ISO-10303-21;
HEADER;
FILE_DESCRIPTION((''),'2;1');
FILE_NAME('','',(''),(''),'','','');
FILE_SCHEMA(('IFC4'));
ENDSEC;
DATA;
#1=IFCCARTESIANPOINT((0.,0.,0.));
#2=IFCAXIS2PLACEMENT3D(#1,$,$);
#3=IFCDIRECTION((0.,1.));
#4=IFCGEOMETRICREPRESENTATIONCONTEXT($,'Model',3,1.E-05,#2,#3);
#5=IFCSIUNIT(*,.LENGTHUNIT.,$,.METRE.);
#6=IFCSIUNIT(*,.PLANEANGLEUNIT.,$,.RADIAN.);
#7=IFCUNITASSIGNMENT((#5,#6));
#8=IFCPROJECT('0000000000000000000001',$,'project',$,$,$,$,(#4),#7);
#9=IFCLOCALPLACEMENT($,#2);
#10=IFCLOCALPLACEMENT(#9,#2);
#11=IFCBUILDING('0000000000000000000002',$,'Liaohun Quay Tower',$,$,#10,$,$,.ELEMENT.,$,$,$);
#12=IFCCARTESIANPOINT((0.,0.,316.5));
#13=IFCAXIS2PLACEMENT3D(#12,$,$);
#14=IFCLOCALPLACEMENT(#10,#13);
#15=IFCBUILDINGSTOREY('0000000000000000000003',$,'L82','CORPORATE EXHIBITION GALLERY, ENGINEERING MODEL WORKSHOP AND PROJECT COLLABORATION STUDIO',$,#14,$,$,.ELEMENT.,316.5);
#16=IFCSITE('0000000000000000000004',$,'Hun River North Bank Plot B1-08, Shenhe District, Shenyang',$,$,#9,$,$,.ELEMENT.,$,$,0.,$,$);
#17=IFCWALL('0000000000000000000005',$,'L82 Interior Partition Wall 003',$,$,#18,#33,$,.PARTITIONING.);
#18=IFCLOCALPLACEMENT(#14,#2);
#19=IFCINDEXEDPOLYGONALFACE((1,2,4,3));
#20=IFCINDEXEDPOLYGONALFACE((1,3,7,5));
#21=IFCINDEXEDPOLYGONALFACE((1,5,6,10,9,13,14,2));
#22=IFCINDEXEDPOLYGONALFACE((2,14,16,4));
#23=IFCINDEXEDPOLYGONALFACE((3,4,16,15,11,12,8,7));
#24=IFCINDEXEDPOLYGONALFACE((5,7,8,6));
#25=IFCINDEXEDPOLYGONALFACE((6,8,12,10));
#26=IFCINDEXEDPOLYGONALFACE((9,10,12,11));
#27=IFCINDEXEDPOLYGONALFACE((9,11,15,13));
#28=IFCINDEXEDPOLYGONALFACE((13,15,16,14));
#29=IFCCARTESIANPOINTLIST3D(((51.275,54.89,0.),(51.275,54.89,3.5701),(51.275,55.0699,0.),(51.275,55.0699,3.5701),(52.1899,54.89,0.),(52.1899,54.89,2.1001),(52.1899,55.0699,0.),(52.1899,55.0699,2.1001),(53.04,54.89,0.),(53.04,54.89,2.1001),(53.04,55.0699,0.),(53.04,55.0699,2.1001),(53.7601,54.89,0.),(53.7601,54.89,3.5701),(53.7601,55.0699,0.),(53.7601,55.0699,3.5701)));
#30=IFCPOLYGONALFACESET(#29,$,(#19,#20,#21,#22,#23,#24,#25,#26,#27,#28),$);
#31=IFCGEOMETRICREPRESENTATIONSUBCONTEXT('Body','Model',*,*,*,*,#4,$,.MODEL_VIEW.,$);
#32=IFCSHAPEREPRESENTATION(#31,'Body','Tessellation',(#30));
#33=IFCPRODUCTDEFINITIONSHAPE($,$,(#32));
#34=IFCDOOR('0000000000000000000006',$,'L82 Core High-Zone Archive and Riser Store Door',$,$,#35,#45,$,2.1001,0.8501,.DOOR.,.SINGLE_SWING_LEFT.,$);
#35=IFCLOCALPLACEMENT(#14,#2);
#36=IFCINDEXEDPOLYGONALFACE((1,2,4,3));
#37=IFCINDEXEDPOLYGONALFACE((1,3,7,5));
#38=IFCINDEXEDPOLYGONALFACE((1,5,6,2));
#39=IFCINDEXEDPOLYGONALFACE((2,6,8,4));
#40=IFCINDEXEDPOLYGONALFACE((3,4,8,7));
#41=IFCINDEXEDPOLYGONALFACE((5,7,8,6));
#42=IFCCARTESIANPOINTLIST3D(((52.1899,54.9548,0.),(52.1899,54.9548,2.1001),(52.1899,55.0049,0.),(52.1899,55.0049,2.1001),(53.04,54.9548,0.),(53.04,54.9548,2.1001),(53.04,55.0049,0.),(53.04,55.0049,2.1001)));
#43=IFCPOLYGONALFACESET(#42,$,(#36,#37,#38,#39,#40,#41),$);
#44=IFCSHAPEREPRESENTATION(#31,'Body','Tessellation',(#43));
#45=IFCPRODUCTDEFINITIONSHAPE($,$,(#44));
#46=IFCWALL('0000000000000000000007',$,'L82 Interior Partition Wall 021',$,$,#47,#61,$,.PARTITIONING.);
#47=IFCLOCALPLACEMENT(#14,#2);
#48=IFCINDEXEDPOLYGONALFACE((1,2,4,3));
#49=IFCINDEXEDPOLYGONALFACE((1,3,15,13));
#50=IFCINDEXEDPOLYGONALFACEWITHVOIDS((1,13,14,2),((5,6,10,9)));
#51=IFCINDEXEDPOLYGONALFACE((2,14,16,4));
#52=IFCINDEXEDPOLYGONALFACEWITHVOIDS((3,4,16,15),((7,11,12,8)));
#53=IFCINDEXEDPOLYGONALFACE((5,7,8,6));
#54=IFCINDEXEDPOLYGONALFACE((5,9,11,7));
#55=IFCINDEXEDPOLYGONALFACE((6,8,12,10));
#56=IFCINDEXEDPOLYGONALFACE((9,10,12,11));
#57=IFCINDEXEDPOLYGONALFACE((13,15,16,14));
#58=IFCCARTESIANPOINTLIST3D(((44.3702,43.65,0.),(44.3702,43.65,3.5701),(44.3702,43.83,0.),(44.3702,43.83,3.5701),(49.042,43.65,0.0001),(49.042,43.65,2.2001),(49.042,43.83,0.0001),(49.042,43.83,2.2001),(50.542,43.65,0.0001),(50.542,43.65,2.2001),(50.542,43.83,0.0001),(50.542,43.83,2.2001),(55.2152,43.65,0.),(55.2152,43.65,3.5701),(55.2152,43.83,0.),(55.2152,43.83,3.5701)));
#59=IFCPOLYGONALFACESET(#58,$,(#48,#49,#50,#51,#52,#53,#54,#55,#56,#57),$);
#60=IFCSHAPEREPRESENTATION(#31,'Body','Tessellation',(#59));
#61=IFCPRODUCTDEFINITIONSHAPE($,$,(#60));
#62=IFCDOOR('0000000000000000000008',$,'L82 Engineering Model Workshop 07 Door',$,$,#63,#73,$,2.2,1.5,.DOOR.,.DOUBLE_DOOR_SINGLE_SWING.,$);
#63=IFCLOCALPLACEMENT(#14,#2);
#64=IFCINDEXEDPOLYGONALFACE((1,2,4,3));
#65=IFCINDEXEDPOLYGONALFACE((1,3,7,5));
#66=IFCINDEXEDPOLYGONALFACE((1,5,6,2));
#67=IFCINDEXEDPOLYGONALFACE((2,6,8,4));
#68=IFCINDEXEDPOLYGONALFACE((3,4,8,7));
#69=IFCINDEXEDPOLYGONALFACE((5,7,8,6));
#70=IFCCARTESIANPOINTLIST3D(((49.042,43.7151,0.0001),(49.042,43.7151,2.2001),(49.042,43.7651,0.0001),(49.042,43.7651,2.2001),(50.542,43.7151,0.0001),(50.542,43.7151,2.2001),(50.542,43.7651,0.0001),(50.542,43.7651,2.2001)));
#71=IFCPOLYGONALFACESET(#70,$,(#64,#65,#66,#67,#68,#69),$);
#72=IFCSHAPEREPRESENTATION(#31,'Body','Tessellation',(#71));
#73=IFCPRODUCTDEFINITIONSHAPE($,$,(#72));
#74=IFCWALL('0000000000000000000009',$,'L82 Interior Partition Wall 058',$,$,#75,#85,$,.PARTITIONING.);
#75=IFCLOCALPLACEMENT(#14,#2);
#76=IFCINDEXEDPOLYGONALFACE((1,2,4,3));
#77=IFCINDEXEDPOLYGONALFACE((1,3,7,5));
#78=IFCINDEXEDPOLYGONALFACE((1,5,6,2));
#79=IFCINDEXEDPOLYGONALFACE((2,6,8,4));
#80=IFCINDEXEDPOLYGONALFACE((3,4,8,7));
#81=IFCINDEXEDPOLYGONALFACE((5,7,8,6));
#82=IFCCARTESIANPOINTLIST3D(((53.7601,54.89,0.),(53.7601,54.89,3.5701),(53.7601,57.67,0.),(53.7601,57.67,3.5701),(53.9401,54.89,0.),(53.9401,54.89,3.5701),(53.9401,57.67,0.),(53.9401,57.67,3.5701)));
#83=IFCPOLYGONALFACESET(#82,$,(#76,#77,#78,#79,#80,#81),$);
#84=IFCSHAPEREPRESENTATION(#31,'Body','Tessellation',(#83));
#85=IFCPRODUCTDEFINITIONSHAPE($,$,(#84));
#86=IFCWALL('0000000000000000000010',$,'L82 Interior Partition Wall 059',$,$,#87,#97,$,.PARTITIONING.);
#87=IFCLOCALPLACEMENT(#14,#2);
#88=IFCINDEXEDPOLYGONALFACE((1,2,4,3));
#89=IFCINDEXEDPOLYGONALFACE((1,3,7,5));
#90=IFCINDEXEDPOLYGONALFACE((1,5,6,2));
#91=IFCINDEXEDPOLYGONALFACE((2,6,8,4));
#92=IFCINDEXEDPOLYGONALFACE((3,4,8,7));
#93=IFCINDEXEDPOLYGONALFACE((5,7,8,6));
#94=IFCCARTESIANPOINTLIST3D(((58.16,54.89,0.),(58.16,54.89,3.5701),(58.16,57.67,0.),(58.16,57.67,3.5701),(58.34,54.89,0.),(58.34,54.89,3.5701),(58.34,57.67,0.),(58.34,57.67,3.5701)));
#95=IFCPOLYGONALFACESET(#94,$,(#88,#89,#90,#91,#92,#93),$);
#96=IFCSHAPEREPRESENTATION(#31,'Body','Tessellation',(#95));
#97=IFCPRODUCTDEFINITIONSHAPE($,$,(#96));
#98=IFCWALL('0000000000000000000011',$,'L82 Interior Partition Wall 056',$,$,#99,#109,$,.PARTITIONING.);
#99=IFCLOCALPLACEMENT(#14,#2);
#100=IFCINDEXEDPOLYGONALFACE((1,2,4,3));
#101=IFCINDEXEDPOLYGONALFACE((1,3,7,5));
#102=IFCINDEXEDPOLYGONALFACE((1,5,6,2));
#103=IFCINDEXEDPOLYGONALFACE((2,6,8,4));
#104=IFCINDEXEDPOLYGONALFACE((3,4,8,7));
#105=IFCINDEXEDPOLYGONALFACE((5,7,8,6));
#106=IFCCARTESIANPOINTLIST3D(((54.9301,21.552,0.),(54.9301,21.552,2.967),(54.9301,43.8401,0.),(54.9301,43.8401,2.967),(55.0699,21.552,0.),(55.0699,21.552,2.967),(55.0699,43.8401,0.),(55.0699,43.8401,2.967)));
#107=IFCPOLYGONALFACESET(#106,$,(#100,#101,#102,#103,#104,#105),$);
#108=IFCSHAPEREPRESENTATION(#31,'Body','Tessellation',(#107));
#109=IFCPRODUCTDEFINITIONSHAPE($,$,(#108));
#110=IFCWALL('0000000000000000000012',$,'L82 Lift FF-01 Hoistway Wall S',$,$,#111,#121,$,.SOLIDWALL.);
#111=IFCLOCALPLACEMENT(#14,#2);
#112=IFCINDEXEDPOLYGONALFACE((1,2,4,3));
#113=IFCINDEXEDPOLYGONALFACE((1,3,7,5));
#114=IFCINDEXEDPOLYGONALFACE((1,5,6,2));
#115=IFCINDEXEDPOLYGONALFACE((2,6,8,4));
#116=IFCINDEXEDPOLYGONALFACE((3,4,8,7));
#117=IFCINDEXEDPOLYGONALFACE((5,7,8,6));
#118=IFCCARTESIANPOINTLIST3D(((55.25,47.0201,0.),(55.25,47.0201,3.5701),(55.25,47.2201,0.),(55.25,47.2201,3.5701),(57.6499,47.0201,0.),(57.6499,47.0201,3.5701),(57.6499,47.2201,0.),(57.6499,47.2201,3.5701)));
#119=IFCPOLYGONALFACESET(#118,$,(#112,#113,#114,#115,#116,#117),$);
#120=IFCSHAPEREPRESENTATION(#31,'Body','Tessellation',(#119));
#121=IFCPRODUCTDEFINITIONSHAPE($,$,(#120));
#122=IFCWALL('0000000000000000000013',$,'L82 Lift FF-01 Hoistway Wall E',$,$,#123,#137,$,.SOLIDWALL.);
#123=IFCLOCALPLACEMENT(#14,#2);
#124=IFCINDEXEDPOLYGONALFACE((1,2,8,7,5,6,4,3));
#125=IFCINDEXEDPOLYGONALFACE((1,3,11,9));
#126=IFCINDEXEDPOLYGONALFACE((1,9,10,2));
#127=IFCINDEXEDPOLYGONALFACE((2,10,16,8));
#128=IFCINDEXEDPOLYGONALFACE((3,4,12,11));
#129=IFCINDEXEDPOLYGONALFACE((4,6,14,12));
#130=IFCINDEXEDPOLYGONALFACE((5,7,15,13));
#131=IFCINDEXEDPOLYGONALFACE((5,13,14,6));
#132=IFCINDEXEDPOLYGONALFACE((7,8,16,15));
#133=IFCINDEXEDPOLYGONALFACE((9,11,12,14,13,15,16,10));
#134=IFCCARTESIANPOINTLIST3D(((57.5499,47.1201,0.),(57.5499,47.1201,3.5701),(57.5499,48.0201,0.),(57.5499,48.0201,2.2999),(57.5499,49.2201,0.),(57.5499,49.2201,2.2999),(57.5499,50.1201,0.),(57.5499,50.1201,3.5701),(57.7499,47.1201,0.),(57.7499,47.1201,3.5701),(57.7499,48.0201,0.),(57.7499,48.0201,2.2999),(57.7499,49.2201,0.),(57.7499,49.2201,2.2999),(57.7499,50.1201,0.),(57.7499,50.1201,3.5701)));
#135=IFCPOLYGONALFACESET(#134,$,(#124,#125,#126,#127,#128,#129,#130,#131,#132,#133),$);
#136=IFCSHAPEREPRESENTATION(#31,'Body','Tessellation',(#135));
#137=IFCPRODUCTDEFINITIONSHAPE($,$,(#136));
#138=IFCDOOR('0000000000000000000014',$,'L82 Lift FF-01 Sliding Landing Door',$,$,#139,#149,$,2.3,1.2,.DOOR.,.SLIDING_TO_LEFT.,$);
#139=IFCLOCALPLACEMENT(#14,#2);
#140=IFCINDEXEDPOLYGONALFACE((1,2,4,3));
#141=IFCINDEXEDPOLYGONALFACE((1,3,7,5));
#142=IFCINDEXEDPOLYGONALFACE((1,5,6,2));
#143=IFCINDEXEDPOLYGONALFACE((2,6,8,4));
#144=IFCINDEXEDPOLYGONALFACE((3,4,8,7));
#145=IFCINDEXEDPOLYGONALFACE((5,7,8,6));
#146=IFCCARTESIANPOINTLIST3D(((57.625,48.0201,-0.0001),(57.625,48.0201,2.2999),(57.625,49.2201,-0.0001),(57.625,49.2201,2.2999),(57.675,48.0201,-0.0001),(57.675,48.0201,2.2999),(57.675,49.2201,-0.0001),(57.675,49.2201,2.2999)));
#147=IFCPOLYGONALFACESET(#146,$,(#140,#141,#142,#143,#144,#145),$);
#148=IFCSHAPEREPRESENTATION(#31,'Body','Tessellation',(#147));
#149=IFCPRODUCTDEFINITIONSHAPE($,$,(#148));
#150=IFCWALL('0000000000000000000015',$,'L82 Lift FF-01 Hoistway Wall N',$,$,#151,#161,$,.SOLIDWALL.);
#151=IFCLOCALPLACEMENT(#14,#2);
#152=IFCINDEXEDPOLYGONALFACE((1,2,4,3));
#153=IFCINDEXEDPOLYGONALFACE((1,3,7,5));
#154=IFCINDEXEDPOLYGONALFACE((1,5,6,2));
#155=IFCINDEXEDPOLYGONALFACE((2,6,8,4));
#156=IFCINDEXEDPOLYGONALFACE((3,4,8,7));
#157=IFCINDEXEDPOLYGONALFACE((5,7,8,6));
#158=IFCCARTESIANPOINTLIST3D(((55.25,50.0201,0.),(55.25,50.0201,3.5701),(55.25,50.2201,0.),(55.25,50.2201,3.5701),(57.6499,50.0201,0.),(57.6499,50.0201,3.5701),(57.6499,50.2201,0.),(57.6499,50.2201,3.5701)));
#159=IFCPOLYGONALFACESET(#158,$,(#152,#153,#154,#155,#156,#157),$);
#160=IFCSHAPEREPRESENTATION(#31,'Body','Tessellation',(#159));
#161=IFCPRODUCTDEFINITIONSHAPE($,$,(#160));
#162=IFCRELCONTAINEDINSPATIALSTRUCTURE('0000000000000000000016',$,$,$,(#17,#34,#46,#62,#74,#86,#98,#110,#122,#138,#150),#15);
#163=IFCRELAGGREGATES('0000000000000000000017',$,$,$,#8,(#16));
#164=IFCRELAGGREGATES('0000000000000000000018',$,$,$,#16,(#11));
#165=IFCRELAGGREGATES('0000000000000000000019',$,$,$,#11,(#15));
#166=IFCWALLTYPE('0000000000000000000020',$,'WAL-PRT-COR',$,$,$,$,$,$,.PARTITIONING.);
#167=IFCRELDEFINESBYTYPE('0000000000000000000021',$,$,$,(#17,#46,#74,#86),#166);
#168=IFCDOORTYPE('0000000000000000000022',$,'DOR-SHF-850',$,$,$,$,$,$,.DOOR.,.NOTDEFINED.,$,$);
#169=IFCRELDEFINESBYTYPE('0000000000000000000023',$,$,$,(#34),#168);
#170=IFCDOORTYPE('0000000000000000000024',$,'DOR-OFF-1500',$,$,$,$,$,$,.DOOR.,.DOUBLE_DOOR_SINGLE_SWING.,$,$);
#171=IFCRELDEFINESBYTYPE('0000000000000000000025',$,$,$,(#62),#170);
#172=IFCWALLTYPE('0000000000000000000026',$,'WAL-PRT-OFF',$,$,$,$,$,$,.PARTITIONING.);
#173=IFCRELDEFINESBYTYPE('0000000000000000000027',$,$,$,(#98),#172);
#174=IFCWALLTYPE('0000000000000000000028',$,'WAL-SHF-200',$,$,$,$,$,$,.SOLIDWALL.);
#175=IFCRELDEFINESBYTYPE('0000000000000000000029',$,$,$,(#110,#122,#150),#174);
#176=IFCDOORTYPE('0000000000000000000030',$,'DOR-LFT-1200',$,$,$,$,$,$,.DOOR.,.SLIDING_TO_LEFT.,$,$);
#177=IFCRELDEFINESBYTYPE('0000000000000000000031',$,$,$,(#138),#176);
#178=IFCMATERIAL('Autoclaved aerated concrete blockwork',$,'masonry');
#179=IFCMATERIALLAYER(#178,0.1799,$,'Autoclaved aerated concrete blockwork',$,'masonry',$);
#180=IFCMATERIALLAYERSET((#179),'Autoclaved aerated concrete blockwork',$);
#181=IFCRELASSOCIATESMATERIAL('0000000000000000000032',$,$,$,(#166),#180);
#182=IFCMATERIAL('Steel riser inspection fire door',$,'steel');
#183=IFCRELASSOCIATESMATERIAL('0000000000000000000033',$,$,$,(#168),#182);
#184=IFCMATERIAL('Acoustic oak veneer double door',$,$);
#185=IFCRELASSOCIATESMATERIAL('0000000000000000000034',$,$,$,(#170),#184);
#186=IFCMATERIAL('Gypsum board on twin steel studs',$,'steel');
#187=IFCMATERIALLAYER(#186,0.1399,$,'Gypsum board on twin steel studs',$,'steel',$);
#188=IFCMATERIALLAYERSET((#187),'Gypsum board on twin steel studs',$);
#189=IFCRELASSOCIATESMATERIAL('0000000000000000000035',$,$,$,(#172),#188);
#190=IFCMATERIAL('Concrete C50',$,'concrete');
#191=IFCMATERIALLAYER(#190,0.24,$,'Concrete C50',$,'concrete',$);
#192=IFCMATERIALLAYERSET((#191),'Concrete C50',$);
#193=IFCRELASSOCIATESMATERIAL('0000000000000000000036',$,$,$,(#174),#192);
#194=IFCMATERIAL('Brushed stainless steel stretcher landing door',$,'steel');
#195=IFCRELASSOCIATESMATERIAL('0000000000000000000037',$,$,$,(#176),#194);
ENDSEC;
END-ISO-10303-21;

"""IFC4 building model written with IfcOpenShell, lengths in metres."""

from ifc_helpers import new_model, si_unit, direction, frame, frame_2d, origin, place, context, subcontext, project, spatial, rectangle, extrude, source, transform, mapped, material, layer, layer_set, type_object, element, fill, save


model = new_model("IFC4")

# Units and contexts
model_context = context("Model", 3, precision=1e-05, world=origin(), true_north=direction((0.0, 1.0)))
body_context = subcontext(model_context, "Body", "Model", "MODEL_VIEW")
ifc_project = project(units=[si_unit("LENGTHUNIT", "METRE"), si_unit("PLANEANGLEUNIT", "RADIAN")], contexts=[model_context])

# Site, building, storey
site_placement = place(None, origin())
site = spatial("IfcSite", under=ifc_project, at=site_placement, Name="Hun River North Bank Plot B1-08, Shenhe District, Shenyang", CompositionType="ELEMENT", RefElevation=0.0)
building_placement = place(site_placement, origin())
building = spatial("IfcBuilding", under=site, at=building_placement, Name="Liaohun Quay Tower", CompositionType="ELEMENT")
storey_placement = place(building_placement, frame((0.0, 0.0, 316.5)))
storey = spatial("IfcBuildingStorey", under=building, at=storey_placement, Name="L82", Description="CORPORATE EXHIBITION GALLERY, ENGINEERING MODEL WORKSHOP AND PROJECT COLLABORATION STUDIO", CompositionType="ELEMENT", Elevation=316.5)

# Shared definitions
ifc_material_1 = material(Name="Concrete C50", Category="concrete")

# Walls, openings, doors
ifc_material_2 = material(Name="Autoclaved aerated concrete blockwork", Category="masonry")
ifc_layer_1 = layer(ifc_material_2, 0.1799, Name="Autoclaved aerated concrete blockwork", Category="masonry")
ifc_layer_set_1 = layer_set([ifc_layer_1], Name="Autoclaved aerated concrete blockwork")
wall_type_1 = type_object("IfcWallType", Name="WAL-PRT-COR", PredefinedType="PARTITIONING", material=ifc_layer_set_1)
wall_1_placement = place(storey_placement, frame((51.2749, 54.98, 0.0), z_axis=(0.0, 0.0, 1.0), x_axis=(1.0, 0.0, 0.0)))
wall_1 = element("IfcWall", 1, at=wall_1_placement, inside=storey, type_object=wall_type_1, Name="L82 Interior Partition Wall 003", PredefinedType="PARTITIONING", context=body_context, shape_type="SweptSolid", body=[
    extrude(rectangle(XDim=2.4851, YDim=0.1799, at=frame_2d((1.2427, 0.0))), origin(), (0.0, 0.0, 1.0), 3.5701),
])
shared_shape_1 = source(origin(), body_context, "Body", "SweptSolid", [
    extrude(rectangle(XDim=0.8501, YDim=2.1001, at=frame_2d((0.425, 1.05))), frame((0.0, 0.0999, 0.0), z_axis=(0.0, -1.0, 0.0), x_axis=(1.0, 0.0, 0.0)), (0.0, 0.0, 1.0), 0.2),
])
opening_1_placement = place(wall_1_placement, frame((0.915, 0.0, 0.0)))
opening_1 = element("IfcOpeningElement", 2, at=opening_1_placement, cuts=wall_1, PredefinedType="OPENING", context=body_context, shape_type="MappedRepresentation", body=[
    mapped(shared_shape_1, transform((0.0, 0.0, 0.0), x_axis=(1.0, 0.0, 0.0), y_axis=(0.0, 1.0, 0.0), z_axis=(0.0, 0.0, 1.0), scale=1.0)),
])
ifc_material_3 = material(Name="Steel riser inspection fire door", Category="steel")
door_type_1 = type_object("IfcDoorType", Name="DOR-SHF-850", OperationType="NOTDEFINED", PredefinedType="DOOR", material=ifc_material_3)
shared_shape_2 = source(origin(), body_context, "Body", "SweptSolid", [
    extrude(rectangle(XDim=0.8501, YDim=2.1001, at=frame_2d((0.425, 1.05))), frame((0.0, 0.0249, 0.0), z_axis=(0.0, -1.0, 0.0), x_axis=(1.0, 0.0, 0.0)), (0.0, 0.0, 1.0), 0.05),
])
door_1_placement = place(opening_1_placement, origin())
door_1 = element("IfcDoor", 3, at=door_1_placement, inside=storey, type_object=door_type_1, Name="L82 Core High-Zone Archive and Riser Store Door", OperationType="SINGLE_SWING_LEFT", OverallHeight=2.1001, OverallWidth=0.8501, PredefinedType="DOOR", context=body_context, shape_type="MappedRepresentation", body=[
    mapped(shared_shape_2, transform((0.0, 0.0, 0.0), x_axis=(1.0, 0.0, 0.0), y_axis=(0.0, 1.0, 0.0), z_axis=(0.0, 0.0, 1.0), scale=1.0)),
])
fill(opening_1, door_1)
wall_2_placement = place(storey_placement, frame((55.2151, 43.74, 0.0), z_axis=(0.0, 0.0, 1.0), x_axis=(-1.0, 0.0, 0.0)))
wall_2 = element("IfcWall", 4, at=wall_2_placement, inside=storey, type_object=wall_type_1, Name="L82 Interior Partition Wall 021", PredefinedType="PARTITIONING", context=body_context, shape_type="SweptSolid", body=[
    extrude(rectangle(XDim=10.845, YDim=0.1799, at=frame_2d((5.4224, 0.0))), origin(), (0.0, 0.0, 1.0), 3.5701),
])
shared_shape_3 = source(origin(), body_context, "Body", "SweptSolid", [
    extrude(rectangle(XDim=1.5, YDim=2.2, at=frame_2d((0.75, 1.1001))), frame((0.0, 0.0999, 0.0), z_axis=(0.0, -1.0, 0.0), x_axis=(1.0, 0.0, 0.0)), (0.0, 0.0, 1.0), 0.2),
])
opening_2_placement = place(wall_2_placement, frame((4.6731, 0.0, 0.0)))
opening_2 = element("IfcOpeningElement", 5, at=opening_2_placement, cuts=wall_2, PredefinedType="OPENING", context=body_context, shape_type="MappedRepresentation", body=[
    mapped(shared_shape_3, transform((0.0, 0.0, 0.0), x_axis=(1.0, 0.0, 0.0), y_axis=(0.0, 1.0, 0.0), z_axis=(0.0, 0.0, 1.0), scale=1.0)),
])
ifc_material_4 = material(Name="Acoustic oak veneer double door")
door_type_2 = type_object("IfcDoorType", Name="DOR-OFF-1500", OperationType="DOUBLE_DOOR_SINGLE_SWING", PredefinedType="DOOR", material=ifc_material_4)
shared_shape_4 = source(origin(), body_context, "Body", "SweptSolid", [
    extrude(rectangle(XDim=1.5, YDim=2.2, at=frame_2d((0.75, 1.1001))), frame((0.0, 0.0249, 0.0), z_axis=(0.0, -1.0, 0.0), x_axis=(1.0, 0.0, 0.0)), (0.0, 0.0, 1.0), 0.05),
])
door_2_placement = place(opening_2_placement, origin())
door_2 = element("IfcDoor", 6, at=door_2_placement, inside=storey, type_object=door_type_2, Name="L82 Engineering Model Workshop 07 Door", OperationType="DOUBLE_DOOR_SINGLE_SWING", OverallHeight=2.2, OverallWidth=1.5, PredefinedType="DOOR", context=body_context, shape_type="MappedRepresentation", body=[
    mapped(shared_shape_4, transform((0.0, 0.0, 0.0), x_axis=(1.0, 0.0, 0.0), y_axis=(0.0, 1.0, 0.0), z_axis=(0.0, 0.0, 1.0), scale=1.0)),
])
fill(opening_2, door_2)

# Walls
for number, where, z_axis, x_axis, name in (
    (7, (53.8501, 54.8899, 0.0), (0.0, 0.0, 1.0), (0.0, 1.0, 0.0), "L82 Interior Partition Wall 058"),
    (8, (58.25, 54.8899, 0.0), (0.0, 0.0, 1.0), (0.0, 1.0, 0.0), "L82 Interior Partition Wall 059"),
):
    element("IfcWall", number, at=place(storey_placement, frame(where, z_axis=z_axis, x_axis=x_axis)), inside=storey, type_object=wall_type_1, Name=name, PredefinedType="PARTITIONING", context=body_context, shape_type="SweptSolid", body=[
        extrude(rectangle(XDim=2.78, YDim=0.1799, at=frame_2d((1.3901, 0.0))), origin(), (0.0, 0.0, 1.0), 3.5701),
    ])
ifc_material_5 = material(Name="Gypsum board on twin steel studs", Category="steel")
ifc_layer_2 = layer(ifc_material_5, 0.1399, Name="Gypsum board on twin steel studs", Category="steel")
ifc_layer_set_2 = layer_set([ifc_layer_2], Name="Gypsum board on twin steel studs")
wall_type_2 = type_object("IfcWallType", Name="WAL-PRT-OFF", PredefinedType="PARTITIONING", material=ifc_layer_set_2)
wall_3_placement = place(storey_placement, frame((55.0, 43.8401, 0.0), z_axis=(0.0, 0.0, 1.0), x_axis=(0.0, -1.0, 0.0)))
element("IfcWall", 9, at=wall_3_placement, inside=storey, type_object=wall_type_2, Name="L82 Interior Partition Wall 056", PredefinedType="PARTITIONING", context=body_context, shape_type="SweptSolid", body=[
    extrude(rectangle(XDim=22.2881, YDim=0.1399, at=frame_2d((11.144, 0.0))), origin(), (0.0, 0.0, 1.0), 2.967),
])
ifc_layer_3 = layer(ifc_material_1, 0.24, Name="Concrete C50", Category="concrete")
ifc_layer_set_3 = layer_set([ifc_layer_3], Name="Concrete C50")
wall_type_3 = type_object("IfcWallType", Name="WAL-SHF-200", PredefinedType="SOLIDWALL", material=ifc_layer_set_3)
wall_4_placement = place(storey_placement, frame((55.25, 47.1201, 0.0), z_axis=(0.0, 0.0, 1.0), x_axis=(1.0, 0.0, 0.0)))
element("IfcWall", 10, at=wall_4_placement, inside=storey, type_object=wall_type_3, Name="L82 Lift FF-01 Hoistway Wall S", PredefinedType="SOLIDWALL", context=body_context, shape_type="SweptSolid", body=[
    extrude(rectangle(XDim=2.3999, YDim=0.2, at=frame_2d((1.2, 0.0))), origin(), (0.0, 0.0, 1.0), 3.5701),
])

# Wall, opening, door
wall_5_placement = place(storey_placement, frame((57.6499, 47.1201, 0.0), z_axis=(0.0, 0.0, 1.0), x_axis=(0.0, 1.0, 0.0)))
wall_5 = element("IfcWall", 11, at=wall_5_placement, inside=storey, type_object=wall_type_3, Name="L82 Lift FF-01 Hoistway Wall E", PredefinedType="SOLIDWALL", context=body_context, shape_type="SweptSolid", body=[
    extrude(rectangle(XDim=3.0, YDim=0.2, at=frame_2d((1.5, 0.0))), origin(), (0.0, 0.0, 1.0), 3.5701),
])
shared_shape_5 = source(origin(), body_context, "Body", "SweptSolid", [
    extrude(rectangle(XDim=1.2, YDim=2.3, at=frame_2d((0.6001, 1.1499))), frame((0.0, 0.1099, 0.0), z_axis=(0.0, -1.0, 0.0), x_axis=(1.0, 0.0, 0.0)), (0.0, 0.0, 1.0), 0.22),
])
opening_3_placement = place(wall_5_placement, frame((0.8999, 0.0, 0.0)))
opening_3 = element("IfcOpeningElement", 12, at=opening_3_placement, cuts=wall_5, PredefinedType="OPENING", context=body_context, shape_type="MappedRepresentation", body=[
    mapped(shared_shape_5, transform((0.0, 0.0, 0.0), x_axis=(1.0, 0.0, 0.0), y_axis=(0.0, 1.0, 0.0), z_axis=(0.0, 0.0, 1.0), scale=1.0)),
])
ifc_material_6 = material(Name="Brushed stainless steel stretcher landing door", Category="steel")
door_type_3 = type_object("IfcDoorType", Name="DOR-LFT-1200", OperationType="SLIDING_TO_LEFT", PredefinedType="DOOR", material=ifc_material_6)
shared_shape_6 = source(origin(), body_context, "Body", "SweptSolid", [
    extrude(rectangle(XDim=1.2, YDim=2.3, at=frame_2d((0.6001, 1.1499))), frame((0.0, 0.0249, 0.0), z_axis=(0.0, -1.0, 0.0), x_axis=(1.0, 0.0, 0.0)), (0.0, 0.0, 1.0), 0.05),
])
door_3_placement = place(opening_3_placement, origin())
door_3 = element("IfcDoor", 13, at=door_3_placement, inside=storey, type_object=door_type_3, Name="L82 Lift FF-01 Sliding Landing Door", OperationType="SLIDING_TO_LEFT", OverallHeight=2.3, OverallWidth=1.2, PredefinedType="DOOR", context=body_context, shape_type="MappedRepresentation", body=[
    mapped(shared_shape_6, transform((0.0, 0.0, 0.0), x_axis=(1.0, 0.0, 0.0), y_axis=(0.0, 1.0, 0.0), z_axis=(0.0, 0.0, 1.0), scale=1.0)),
])
fill(opening_3, door_3)

# Wall
wall_6_placement = place(storey_placement, frame((57.6499, 50.1201, 0.0), z_axis=(0.0, 0.0, 1.0), x_axis=(-1.0, 0.0, 0.0)))
element("IfcWall", 14, at=wall_6_placement, inside=storey, type_object=wall_type_3, Name="L82 Lift FF-01 Hoistway Wall N", PredefinedType="SOLIDWALL", context=body_context, shape_type="SweptSolid", body=[
    extrude(rectangle(XDim=2.3999, YDim=0.2, at=frame_2d((1.2, 0.0))), origin(), (0.0, 0.0, 1.0), 3.5701),
])

save(model, "model.ifc")
